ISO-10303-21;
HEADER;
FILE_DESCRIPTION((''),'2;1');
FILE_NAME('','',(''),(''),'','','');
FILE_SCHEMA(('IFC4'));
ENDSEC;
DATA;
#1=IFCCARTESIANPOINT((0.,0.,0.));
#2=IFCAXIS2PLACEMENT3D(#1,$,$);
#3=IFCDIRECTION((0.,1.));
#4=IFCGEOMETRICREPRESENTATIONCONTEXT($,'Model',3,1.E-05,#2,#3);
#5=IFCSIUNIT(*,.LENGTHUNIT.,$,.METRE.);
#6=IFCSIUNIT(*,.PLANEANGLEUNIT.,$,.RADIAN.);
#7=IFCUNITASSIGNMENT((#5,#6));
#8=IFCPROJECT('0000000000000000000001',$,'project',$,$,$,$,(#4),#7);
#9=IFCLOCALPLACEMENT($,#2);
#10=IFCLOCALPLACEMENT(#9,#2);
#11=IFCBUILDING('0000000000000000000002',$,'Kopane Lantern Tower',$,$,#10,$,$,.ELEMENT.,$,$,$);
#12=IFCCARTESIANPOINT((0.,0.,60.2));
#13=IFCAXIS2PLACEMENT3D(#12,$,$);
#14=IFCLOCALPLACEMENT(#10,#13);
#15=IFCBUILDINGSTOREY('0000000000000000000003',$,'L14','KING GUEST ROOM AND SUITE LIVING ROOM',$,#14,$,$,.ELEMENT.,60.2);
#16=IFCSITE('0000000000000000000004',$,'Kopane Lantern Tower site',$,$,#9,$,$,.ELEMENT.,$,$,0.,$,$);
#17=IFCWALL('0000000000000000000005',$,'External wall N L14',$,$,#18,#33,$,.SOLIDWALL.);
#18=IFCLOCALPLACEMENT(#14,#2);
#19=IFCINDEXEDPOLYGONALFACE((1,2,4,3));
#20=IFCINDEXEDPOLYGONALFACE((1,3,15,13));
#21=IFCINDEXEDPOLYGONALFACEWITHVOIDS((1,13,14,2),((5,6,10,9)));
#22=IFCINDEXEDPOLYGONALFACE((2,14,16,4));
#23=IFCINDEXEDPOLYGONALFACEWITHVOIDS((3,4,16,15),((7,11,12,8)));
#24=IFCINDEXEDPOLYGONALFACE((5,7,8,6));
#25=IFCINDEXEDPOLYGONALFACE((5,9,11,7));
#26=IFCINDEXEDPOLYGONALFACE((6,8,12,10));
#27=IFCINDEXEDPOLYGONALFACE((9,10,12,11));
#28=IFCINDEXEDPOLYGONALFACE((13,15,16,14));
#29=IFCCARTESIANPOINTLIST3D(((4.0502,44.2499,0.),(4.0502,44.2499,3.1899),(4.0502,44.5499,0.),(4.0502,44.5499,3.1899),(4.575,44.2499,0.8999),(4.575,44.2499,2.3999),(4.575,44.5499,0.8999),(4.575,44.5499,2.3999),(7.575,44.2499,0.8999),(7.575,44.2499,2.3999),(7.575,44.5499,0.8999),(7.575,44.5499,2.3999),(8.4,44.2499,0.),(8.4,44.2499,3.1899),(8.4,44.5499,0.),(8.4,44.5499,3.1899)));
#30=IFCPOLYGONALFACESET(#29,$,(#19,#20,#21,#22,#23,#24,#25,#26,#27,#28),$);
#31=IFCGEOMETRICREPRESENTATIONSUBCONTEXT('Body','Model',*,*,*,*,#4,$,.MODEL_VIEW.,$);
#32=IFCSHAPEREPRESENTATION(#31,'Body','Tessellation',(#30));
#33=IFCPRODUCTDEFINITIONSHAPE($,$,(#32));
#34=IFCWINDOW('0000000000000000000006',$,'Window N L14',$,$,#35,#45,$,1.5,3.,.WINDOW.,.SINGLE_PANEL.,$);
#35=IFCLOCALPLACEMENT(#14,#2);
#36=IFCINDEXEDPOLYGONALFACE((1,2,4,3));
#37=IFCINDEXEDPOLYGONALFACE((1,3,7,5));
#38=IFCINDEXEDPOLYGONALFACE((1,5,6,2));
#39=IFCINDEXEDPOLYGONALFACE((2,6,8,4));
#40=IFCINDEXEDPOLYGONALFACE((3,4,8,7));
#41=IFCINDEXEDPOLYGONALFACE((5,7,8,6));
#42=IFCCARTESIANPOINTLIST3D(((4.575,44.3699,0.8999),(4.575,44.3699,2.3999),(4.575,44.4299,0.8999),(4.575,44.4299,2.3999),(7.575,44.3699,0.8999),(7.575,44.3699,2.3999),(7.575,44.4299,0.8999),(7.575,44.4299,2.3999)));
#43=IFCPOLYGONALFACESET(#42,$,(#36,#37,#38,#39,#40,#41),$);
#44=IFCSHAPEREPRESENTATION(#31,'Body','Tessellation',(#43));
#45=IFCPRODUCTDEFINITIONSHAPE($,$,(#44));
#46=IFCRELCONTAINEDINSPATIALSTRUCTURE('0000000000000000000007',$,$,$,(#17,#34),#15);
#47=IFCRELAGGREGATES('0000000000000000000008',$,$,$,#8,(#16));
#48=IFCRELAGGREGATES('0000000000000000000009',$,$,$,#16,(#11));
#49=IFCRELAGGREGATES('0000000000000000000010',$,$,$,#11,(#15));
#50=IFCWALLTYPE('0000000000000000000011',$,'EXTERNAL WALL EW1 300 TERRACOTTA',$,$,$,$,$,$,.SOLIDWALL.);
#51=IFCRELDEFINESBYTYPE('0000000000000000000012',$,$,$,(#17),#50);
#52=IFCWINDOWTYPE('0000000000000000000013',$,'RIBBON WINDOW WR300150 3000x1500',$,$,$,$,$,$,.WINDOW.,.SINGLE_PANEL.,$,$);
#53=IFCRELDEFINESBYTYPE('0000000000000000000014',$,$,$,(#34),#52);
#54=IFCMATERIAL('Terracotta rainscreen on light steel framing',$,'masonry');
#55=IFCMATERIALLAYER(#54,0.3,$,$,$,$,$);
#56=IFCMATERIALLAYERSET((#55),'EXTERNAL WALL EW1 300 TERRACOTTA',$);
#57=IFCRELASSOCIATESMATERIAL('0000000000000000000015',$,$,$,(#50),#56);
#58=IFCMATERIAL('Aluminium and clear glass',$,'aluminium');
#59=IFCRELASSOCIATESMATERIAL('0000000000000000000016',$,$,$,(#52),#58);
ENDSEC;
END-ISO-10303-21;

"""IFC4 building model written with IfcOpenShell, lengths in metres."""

from ifc_helpers import new_model, si_unit, direction, frame, frame_2d, origin, place, context, subcontext, project, spatial, rectangle, extrude, material, layer, layer_set, type_object, element, fill, save


model = new_model("IFC4")

# Units and contexts
model_context = context("Model", 3, precision=1e-05, world=origin(), true_north=direction((0.0, 1.0)))
body_context = subcontext(model_context, "Body", "Model", "MODEL_VIEW")
ifc_project = project(units=[si_unit("LENGTHUNIT", "METRE"), si_unit("PLANEANGLEUNIT", "RADIAN")], contexts=[model_context])

# Site, building, storey
site_placement = place(None, origin())
site = spatial("IfcSite", under=ifc_project, at=site_placement, Name="Kopane Lantern Tower site", CompositionType="ELEMENT", RefElevation=0.0)
building_placement = place(site_placement, origin())
building = spatial("IfcBuilding", under=site, at=building_placement, Name="Kopane Lantern Tower", CompositionType="ELEMENT")
storey_placement = place(building_placement, frame((0.0, 0.0, 60.2)))
storey = spatial("IfcBuildingStorey", under=building, at=storey_placement, Name="L14", Description="KING GUEST ROOM AND SUITE LIVING ROOM", CompositionType="ELEMENT", Elevation=60.2)

# Wall, opening, window
ifc_material_1 = material(Name="Terracotta rainscreen on light steel framing", Category="masonry")
ifc_layer_1 = layer(ifc_material_1, 0.3)
ifc_layer_set_1 = layer_set([ifc_layer_1], Name="EXTERNAL WALL EW1 300 TERRACOTTA")
wall_type_1 = type_object("IfcWallType", Name="EXTERNAL WALL EW1 300 TERRACOTTA", PredefinedType="SOLIDWALL", material=ifc_layer_set_1)
ifc_material_2 = material(Name="Aluminium and clear glass", Category="aluminium")
window_type = type_object("IfcWindowType", Name="RIBBON WINDOW WR300150 3000x1500", PartitioningType="SINGLE_PANEL", PredefinedType="WINDOW", material=ifc_material_2)
wall_1_placement = place(storey_placement, frame((8.3999, 44.3999, 0.0), z_axis=(0.0, 0.0, 1.0), x_axis=(-1.0, 0.0, 0.0)))
wall_1 = element("IfcWall", 1, at=wall_1_placement, inside=storey, type_object=wall_type_1, Name="External wall N L14", PredefinedType="SOLIDWALL", context=body_context, shape_type="SweptSolid", body=[
    extrude(rectangle(XDim=4.3499, YDim=0.3, at=frame_2d((2.1748, 0.0))), origin(), (0.0, 0.0, 1.0), 3.1899),
])
opening_1_placement = place(wall_1_placement, frame((0.825, 0.0, 0.8999)))
opening_1 = element("IfcOpeningElement", 2, at=opening_1_placement, cuts=wall_1, PredefinedType="OPENING", context=body_context, shape_type="SweptSolid", body=[
    extrude(rectangle(XDim=3.0, YDim=1.5, at=frame_2d((1.5, 0.75))), frame((0.0, 0.1599, 0.0), z_axis=(0.0, -1.0, 0.0), x_axis=(1.0, 0.0, 0.0)), (0.0, 0.0, 1.0), 0.3201),
])
window_1_placement = place(opening_1_placement, origin())
window_1 = element("IfcWindow", 3, at=window_1_placement, inside=storey, type_object=window_type, Name="Window N L14", OverallHeight=1.5, OverallWidth=3.0, PartitioningType="SINGLE_PANEL", PredefinedType="WINDOW", context=body_context, shape_type="SweptSolid", body=[
    extrude(rectangle(XDim=3.0, YDim=1.5, at=frame_2d((1.5, 0.75))), frame((0.0, 0.03, 0.0), z_axis=(0.0, -1.0, 0.0), x_axis=(1.0, 0.0, 0.0)), (0.0, 0.0, 1.0), 0.0601),
])
fill(opening_1, window_1)

save(model, "model.ifc")
